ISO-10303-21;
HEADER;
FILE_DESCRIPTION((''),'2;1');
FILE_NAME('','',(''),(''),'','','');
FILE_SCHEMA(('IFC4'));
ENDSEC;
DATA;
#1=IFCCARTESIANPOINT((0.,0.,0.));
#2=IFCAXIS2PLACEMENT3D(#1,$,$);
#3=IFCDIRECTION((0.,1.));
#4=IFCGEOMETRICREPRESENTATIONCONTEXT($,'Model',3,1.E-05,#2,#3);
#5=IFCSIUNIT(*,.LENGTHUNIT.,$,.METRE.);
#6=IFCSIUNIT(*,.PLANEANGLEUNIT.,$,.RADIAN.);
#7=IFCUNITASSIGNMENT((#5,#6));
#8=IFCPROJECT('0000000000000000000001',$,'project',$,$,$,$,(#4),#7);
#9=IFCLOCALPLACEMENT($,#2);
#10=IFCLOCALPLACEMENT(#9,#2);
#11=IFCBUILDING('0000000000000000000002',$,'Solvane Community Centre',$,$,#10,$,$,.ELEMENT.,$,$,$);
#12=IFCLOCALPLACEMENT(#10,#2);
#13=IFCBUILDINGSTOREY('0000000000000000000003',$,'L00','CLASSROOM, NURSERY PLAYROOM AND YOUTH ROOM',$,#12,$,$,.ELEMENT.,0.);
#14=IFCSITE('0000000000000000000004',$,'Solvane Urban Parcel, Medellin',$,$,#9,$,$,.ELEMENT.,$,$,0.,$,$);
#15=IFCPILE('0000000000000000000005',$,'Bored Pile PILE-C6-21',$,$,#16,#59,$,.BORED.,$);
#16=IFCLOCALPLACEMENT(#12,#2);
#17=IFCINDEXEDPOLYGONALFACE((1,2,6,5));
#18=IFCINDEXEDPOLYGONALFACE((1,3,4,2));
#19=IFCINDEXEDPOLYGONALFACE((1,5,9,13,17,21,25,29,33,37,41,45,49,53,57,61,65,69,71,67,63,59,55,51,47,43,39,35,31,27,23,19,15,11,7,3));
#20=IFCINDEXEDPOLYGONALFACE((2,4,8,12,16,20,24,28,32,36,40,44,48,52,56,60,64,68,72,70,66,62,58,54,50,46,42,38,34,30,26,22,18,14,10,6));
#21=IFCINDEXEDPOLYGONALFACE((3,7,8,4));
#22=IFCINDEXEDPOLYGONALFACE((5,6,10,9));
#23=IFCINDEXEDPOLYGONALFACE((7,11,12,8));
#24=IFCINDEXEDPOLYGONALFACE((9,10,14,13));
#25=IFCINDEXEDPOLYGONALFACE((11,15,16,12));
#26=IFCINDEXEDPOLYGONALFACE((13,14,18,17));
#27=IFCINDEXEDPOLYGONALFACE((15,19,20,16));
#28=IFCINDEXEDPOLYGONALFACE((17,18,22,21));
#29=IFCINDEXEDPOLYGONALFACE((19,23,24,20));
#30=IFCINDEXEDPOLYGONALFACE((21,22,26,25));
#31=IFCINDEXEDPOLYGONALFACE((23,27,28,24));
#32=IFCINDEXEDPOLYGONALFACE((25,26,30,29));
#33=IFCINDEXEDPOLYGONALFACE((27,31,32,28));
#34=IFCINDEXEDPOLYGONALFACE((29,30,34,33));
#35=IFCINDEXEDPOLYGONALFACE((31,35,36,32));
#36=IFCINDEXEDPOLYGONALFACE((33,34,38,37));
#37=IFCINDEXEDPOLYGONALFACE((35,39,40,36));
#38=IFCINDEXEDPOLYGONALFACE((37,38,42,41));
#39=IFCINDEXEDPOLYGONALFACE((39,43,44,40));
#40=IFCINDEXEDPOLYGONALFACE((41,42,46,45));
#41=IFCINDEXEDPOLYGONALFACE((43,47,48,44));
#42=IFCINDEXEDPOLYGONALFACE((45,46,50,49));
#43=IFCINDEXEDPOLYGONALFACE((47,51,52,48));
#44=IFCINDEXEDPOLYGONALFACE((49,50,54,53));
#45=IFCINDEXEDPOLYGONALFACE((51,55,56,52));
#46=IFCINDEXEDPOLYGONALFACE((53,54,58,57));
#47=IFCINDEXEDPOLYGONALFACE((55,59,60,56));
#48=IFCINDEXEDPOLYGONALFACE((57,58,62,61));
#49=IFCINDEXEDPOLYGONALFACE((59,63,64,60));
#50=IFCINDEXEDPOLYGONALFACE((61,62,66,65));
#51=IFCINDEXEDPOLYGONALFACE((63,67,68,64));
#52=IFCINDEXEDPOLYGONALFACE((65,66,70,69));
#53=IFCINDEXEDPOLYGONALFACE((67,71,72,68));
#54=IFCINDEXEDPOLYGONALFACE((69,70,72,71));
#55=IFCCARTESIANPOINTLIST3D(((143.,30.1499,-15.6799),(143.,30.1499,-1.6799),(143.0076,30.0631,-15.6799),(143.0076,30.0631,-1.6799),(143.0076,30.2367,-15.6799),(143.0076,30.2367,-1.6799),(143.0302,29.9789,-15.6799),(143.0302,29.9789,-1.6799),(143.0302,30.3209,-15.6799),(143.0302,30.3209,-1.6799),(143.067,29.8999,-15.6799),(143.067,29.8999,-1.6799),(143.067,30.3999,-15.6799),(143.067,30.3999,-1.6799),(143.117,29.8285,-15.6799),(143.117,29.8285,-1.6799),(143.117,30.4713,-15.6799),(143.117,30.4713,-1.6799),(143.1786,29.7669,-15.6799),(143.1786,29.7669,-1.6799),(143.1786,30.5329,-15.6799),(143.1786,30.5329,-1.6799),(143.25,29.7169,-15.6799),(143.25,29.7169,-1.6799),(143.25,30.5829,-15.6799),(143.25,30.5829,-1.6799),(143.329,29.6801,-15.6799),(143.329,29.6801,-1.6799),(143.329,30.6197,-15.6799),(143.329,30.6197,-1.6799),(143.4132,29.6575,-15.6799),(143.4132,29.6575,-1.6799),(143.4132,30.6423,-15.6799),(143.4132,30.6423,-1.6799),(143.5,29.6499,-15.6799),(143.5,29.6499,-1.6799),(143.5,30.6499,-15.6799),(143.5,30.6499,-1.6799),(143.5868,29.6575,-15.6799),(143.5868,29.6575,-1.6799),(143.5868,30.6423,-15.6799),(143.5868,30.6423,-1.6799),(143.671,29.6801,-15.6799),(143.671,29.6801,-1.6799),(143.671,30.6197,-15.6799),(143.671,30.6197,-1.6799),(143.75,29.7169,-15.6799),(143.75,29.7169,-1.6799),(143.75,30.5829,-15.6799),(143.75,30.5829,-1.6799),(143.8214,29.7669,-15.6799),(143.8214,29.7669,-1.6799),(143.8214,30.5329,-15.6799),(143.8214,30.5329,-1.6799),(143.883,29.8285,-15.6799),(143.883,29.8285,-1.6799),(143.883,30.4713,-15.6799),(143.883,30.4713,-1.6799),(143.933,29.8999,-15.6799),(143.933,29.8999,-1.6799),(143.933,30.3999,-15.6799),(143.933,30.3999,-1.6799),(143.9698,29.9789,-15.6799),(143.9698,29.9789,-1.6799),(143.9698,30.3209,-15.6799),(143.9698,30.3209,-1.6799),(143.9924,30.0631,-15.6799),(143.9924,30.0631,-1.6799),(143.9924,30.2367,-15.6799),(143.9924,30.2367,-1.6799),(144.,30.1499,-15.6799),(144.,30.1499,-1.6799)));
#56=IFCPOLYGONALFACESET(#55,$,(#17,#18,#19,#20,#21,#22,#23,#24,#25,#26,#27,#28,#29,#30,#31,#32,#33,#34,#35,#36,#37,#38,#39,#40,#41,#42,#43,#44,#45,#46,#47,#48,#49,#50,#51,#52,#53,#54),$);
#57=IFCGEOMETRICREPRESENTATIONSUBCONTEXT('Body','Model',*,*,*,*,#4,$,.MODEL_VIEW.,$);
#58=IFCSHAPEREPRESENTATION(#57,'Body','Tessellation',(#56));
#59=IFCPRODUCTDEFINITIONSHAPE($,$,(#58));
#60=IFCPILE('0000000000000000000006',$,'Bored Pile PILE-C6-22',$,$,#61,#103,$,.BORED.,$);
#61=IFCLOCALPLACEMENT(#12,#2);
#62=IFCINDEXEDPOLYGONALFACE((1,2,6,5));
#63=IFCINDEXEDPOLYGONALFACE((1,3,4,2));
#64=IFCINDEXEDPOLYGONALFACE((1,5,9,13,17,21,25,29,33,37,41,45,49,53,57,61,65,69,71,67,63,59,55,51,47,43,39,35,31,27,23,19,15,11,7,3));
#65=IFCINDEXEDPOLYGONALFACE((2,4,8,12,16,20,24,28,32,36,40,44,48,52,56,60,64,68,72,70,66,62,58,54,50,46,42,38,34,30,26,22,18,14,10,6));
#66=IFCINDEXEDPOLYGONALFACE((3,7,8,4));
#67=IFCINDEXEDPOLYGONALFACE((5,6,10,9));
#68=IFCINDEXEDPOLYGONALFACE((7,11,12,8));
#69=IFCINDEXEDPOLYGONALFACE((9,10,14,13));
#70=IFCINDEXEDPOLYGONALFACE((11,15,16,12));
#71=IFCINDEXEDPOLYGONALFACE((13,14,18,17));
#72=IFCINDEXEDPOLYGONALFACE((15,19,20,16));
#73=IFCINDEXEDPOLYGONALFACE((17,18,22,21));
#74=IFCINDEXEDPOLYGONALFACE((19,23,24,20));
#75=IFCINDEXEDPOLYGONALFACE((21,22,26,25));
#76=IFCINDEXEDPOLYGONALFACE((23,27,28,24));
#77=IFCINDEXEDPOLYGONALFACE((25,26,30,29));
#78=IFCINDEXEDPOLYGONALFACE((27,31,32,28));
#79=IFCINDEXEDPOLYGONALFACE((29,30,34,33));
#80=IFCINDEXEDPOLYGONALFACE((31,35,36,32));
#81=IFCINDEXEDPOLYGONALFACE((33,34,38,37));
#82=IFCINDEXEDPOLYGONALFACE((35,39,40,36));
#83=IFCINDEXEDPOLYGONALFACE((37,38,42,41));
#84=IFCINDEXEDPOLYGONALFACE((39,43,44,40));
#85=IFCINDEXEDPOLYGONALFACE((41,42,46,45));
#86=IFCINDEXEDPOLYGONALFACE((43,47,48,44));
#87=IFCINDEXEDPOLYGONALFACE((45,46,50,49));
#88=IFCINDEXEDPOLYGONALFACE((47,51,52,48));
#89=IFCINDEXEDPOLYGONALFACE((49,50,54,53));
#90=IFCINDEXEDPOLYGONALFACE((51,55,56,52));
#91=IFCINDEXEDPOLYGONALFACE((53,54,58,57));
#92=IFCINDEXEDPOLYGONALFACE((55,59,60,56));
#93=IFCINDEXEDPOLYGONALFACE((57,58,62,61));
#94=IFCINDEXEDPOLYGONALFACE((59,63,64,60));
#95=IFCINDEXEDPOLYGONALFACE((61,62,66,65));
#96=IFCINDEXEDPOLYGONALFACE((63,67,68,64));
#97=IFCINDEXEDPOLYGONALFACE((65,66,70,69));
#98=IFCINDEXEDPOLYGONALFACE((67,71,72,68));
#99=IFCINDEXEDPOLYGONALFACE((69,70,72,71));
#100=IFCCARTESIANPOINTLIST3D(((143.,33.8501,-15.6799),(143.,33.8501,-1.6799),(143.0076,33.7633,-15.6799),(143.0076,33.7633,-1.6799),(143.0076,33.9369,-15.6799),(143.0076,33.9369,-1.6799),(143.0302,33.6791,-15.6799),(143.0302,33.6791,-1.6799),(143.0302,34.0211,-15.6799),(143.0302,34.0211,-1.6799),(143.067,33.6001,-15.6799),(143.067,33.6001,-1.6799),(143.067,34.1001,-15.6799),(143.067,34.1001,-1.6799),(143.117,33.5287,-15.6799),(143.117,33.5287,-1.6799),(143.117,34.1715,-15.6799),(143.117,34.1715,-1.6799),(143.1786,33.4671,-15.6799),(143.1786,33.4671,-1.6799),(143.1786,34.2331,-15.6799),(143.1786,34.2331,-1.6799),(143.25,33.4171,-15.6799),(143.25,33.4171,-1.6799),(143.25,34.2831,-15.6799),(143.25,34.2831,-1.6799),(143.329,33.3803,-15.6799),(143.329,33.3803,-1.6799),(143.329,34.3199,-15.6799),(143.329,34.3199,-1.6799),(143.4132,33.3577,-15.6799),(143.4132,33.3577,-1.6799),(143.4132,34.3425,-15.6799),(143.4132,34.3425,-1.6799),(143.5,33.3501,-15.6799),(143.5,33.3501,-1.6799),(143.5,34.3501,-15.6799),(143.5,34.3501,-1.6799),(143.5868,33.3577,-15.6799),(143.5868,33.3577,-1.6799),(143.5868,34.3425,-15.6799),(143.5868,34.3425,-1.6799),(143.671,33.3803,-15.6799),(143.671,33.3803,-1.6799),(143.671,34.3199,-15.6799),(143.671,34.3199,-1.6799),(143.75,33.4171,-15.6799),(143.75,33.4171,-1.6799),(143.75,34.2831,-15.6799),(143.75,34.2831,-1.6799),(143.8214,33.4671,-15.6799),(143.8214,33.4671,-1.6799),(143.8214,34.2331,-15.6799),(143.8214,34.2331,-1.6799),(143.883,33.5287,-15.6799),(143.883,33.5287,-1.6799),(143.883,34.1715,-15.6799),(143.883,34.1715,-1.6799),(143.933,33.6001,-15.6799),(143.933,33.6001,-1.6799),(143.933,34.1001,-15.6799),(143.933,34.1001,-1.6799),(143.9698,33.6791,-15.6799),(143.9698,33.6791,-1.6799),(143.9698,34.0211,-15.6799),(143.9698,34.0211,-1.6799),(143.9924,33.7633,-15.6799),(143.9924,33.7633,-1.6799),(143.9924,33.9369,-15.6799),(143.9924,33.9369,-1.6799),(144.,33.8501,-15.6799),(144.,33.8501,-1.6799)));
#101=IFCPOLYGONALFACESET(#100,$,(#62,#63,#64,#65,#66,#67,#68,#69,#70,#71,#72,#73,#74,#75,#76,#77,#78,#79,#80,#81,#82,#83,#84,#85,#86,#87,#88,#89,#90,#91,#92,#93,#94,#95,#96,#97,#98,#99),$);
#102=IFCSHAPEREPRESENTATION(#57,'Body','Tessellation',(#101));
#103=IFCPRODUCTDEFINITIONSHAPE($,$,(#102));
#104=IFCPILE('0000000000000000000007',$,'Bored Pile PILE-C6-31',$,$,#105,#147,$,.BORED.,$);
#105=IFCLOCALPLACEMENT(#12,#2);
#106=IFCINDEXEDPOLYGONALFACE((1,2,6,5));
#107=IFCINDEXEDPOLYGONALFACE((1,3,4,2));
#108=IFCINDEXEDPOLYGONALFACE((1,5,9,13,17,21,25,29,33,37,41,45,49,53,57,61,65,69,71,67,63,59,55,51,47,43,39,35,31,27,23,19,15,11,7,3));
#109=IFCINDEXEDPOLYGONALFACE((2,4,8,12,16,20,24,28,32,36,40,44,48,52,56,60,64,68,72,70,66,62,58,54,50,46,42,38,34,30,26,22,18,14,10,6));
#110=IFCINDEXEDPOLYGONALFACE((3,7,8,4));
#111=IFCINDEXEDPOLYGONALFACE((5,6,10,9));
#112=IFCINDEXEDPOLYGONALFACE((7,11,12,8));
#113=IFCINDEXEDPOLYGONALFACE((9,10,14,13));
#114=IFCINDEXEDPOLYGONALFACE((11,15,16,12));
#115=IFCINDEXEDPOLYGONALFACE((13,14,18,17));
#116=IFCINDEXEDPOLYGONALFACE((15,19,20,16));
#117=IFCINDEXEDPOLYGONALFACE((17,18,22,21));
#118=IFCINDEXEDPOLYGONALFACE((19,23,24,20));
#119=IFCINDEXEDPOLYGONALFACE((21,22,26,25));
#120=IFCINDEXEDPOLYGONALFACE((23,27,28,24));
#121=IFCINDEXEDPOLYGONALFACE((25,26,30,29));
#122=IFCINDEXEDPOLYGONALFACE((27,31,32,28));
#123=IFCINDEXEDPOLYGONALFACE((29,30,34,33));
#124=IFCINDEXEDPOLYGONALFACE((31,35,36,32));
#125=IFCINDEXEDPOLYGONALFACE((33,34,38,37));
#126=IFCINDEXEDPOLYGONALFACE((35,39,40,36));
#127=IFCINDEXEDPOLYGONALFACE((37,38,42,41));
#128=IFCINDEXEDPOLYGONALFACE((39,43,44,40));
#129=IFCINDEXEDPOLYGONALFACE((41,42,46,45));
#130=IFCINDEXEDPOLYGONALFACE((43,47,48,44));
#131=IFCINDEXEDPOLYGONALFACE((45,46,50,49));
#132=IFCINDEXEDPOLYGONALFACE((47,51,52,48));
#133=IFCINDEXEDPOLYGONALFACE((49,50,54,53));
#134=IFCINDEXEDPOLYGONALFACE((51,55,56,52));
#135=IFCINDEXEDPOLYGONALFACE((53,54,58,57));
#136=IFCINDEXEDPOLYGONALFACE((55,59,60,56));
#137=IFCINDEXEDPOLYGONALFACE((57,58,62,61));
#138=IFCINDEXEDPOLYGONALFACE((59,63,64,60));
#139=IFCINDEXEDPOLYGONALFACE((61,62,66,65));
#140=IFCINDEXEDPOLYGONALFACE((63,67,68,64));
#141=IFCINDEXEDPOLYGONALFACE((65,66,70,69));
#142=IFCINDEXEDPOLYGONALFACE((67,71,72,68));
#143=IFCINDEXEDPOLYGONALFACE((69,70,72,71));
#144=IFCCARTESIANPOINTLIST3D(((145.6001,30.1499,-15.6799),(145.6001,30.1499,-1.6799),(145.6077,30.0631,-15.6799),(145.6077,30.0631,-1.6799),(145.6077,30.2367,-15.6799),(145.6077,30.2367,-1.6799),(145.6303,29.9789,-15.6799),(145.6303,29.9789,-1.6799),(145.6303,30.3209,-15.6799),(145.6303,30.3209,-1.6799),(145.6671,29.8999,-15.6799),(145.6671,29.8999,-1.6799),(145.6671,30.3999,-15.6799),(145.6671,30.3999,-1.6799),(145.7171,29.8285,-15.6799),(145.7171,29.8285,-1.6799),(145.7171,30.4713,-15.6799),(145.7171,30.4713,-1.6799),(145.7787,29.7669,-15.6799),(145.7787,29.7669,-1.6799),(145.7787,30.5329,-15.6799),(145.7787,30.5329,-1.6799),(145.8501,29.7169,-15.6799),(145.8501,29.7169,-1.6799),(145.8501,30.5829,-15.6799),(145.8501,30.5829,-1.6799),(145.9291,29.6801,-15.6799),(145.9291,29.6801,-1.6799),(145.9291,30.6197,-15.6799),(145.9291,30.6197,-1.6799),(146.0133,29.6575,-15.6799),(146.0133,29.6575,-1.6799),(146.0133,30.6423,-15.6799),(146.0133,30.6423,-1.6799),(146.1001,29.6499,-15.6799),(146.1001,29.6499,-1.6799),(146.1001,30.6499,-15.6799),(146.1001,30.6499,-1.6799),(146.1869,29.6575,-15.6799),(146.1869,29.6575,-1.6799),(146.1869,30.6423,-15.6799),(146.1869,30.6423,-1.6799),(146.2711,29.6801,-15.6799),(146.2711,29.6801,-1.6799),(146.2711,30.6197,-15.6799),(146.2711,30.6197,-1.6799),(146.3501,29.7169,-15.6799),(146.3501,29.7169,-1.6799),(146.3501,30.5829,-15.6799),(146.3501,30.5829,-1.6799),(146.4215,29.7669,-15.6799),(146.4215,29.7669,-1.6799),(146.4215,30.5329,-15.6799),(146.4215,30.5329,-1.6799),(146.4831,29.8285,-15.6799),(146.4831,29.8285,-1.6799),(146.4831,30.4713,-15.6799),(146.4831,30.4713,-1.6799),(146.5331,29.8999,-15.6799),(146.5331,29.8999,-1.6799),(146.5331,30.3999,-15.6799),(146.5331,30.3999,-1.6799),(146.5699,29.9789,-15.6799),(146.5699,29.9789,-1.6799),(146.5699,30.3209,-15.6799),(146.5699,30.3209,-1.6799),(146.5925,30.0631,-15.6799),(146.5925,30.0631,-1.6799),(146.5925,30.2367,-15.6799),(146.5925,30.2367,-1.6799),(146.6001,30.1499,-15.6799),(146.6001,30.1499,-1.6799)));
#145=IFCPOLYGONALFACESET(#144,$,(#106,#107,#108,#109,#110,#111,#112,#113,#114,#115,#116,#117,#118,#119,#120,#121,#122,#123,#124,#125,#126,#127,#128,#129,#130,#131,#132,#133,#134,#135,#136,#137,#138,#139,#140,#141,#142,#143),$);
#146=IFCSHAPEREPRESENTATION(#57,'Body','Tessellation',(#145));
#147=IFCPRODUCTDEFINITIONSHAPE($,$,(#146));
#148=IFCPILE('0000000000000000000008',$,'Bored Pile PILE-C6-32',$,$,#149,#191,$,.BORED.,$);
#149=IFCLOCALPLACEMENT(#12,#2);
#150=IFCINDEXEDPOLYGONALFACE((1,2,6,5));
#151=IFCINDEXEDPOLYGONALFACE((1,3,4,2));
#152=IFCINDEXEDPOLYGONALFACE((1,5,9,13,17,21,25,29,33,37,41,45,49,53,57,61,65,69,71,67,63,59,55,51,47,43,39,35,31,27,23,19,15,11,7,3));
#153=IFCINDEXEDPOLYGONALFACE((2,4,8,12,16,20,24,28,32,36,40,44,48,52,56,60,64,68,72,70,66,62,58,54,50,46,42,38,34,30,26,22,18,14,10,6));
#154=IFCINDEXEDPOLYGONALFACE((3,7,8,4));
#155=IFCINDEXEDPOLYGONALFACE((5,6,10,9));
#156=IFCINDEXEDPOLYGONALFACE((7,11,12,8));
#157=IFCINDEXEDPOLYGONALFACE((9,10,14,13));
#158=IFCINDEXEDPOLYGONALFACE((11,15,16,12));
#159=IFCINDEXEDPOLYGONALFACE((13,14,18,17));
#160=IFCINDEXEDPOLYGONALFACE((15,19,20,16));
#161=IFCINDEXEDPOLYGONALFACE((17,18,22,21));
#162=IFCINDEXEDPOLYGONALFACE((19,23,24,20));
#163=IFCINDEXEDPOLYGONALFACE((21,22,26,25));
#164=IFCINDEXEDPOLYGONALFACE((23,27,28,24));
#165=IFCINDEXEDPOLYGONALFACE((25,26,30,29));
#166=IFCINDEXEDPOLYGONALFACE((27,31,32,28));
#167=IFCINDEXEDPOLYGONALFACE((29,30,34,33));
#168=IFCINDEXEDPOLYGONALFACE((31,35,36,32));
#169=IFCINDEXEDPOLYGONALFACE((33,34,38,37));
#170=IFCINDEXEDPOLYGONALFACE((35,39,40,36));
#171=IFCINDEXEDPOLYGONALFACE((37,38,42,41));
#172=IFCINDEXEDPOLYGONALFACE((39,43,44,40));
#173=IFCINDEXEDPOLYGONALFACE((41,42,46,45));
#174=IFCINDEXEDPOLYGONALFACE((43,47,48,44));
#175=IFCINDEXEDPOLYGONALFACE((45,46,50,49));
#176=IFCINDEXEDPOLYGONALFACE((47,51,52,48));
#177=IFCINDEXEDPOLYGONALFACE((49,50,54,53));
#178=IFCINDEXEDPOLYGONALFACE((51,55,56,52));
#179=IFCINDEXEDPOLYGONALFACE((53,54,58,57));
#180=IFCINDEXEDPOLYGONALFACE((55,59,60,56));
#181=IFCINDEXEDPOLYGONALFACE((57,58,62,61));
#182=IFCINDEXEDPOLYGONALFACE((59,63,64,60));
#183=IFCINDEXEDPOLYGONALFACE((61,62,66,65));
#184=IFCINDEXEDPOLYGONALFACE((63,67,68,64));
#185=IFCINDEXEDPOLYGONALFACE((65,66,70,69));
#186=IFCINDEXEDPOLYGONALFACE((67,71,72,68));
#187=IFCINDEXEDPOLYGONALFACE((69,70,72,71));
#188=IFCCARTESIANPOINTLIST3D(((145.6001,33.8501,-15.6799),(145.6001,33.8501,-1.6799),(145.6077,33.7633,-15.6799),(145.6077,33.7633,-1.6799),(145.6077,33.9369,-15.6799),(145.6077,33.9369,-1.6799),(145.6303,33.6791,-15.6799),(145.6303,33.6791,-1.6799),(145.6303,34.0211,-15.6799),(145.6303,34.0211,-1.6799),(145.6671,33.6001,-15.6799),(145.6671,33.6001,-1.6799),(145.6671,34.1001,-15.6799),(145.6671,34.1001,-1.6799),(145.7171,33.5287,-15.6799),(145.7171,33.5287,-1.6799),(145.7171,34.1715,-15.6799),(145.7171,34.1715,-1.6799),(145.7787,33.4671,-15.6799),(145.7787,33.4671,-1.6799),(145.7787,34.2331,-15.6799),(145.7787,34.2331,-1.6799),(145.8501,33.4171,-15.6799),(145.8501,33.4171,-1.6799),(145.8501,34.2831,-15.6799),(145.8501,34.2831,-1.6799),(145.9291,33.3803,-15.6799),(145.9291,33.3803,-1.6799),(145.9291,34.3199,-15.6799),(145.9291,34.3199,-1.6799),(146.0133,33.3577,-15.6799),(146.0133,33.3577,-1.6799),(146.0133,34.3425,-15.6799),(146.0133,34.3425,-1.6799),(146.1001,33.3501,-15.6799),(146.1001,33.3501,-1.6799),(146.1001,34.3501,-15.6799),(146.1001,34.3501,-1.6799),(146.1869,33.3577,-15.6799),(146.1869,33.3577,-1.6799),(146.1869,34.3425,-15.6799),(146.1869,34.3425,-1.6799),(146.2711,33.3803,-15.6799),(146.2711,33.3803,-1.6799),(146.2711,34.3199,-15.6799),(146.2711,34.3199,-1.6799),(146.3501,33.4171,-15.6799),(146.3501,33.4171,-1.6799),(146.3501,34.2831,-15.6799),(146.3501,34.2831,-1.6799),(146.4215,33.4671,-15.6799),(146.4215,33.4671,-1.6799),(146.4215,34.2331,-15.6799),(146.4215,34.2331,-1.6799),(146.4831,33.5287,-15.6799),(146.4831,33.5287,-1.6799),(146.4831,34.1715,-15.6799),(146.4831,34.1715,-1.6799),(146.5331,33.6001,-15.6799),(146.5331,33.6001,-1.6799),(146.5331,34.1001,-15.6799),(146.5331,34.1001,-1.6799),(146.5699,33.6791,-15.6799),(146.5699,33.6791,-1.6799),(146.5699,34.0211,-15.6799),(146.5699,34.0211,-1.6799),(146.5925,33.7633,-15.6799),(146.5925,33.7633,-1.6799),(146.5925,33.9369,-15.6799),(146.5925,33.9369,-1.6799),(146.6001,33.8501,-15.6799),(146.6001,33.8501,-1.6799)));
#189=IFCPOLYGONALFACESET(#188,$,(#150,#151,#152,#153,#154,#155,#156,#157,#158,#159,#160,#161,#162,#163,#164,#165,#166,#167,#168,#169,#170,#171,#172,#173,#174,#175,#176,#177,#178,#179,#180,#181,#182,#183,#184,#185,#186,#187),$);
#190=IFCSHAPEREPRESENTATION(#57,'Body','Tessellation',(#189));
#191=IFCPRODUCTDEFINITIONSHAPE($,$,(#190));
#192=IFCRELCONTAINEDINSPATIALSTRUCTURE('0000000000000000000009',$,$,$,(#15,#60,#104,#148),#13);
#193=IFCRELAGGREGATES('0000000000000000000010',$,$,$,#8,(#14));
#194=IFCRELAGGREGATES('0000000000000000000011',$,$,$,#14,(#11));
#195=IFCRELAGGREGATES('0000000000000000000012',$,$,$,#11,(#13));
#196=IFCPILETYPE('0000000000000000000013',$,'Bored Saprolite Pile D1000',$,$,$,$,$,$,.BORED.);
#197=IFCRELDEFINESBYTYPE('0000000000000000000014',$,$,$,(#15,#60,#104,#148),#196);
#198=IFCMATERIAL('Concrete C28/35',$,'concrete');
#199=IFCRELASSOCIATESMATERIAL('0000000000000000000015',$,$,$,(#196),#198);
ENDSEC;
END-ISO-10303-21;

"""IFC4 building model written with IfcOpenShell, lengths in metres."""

from ifc_helpers import new_model, si_unit, direction, frame, origin, origin_2d, place, context, subcontext, project, spatial, circle, extrude, material, material_profile, profile_set, type_object, element, save


model = new_model("IFC4")

# Units and contexts
model_context = context("Model", 3, precision=1e-05, world=origin(), true_north=direction((0.0, 1.0)))
body_context = subcontext(model_context, "Body", "Model", "MODEL_VIEW")
ifc_project = project(units=[si_unit("LENGTHUNIT", "METRE"), si_unit("PLANEANGLEUNIT", "RADIAN")], contexts=[model_context])

# Site, building, storey
site_placement = place(None, origin())
site = spatial("IfcSite", under=ifc_project, at=site_placement, Name="Solvane Urban Parcel, Medellin", CompositionType="ELEMENT", RefElevation=0.0)
building_placement = place(site_placement, origin())
building = spatial("IfcBuilding", under=site, at=building_placement, Name="Solvane Community Centre", CompositionType="ELEMENT")
storey_placement = place(building_placement, origin())
storey = spatial("IfcBuildingStorey", under=building, at=storey_placement, Name="L00", Description="CLASSROOM, NURSERY PLAYROOM AND YOUTH ROOM", CompositionType="ELEMENT", Elevation=0.0)

# Piles
ifc_material_1 = material(Name="Concrete C28/35", Category="concrete")
ifc_material_profile_1 = material_profile(ifc_material_1, circle(Radius=0.5, at=origin_2d()), Name="PILE D1000")
ifc_profile_set_1 = profile_set([ifc_material_profile_1], Name="Concrete C28/35")
pile_type_1 = type_object("IfcPileType", Name="Bored Saprolite Pile D1000", PredefinedType="BORED", material=ifc_profile_set_1)
for number, where, z_axis, x_axis, name in (
    (1, (143.5, 30.1499, -1.6799), (0.0, 0.0, -1.0), (1.0, 0.0, 0.0), "Bored Pile PILE-C6-21"),
    (2, (143.5, 33.8501, -1.6799), (0.0, 0.0, -1.0), (1.0, 0.0, 0.0), "Bored Pile PILE-C6-22"),
    (3, (146.1001, 30.1499, -1.6799), (0.0, 0.0, -1.0), (1.0, 0.0, 0.0), "Bored Pile PILE-C6-31"),
    (4, (146.1001, 33.8501, -1.6799), (0.0, 0.0, -1.0), (1.0, 0.0, 0.0), "Bored Pile PILE-C6-32"),
):
    element("IfcPile", number, at=place(storey_placement, frame(where, z_axis=z_axis, x_axis=x_axis)), inside=storey, type_object=pile_type_1, Name=name, PredefinedType="BORED", context=body_context, shape_type="SweptSolid", body=[
        extrude(circle(Radius=0.5, at=origin_2d()), origin(), (0.0, 0.0, 1.0), 14.0),
    ])

save(model, "model.ifc")
